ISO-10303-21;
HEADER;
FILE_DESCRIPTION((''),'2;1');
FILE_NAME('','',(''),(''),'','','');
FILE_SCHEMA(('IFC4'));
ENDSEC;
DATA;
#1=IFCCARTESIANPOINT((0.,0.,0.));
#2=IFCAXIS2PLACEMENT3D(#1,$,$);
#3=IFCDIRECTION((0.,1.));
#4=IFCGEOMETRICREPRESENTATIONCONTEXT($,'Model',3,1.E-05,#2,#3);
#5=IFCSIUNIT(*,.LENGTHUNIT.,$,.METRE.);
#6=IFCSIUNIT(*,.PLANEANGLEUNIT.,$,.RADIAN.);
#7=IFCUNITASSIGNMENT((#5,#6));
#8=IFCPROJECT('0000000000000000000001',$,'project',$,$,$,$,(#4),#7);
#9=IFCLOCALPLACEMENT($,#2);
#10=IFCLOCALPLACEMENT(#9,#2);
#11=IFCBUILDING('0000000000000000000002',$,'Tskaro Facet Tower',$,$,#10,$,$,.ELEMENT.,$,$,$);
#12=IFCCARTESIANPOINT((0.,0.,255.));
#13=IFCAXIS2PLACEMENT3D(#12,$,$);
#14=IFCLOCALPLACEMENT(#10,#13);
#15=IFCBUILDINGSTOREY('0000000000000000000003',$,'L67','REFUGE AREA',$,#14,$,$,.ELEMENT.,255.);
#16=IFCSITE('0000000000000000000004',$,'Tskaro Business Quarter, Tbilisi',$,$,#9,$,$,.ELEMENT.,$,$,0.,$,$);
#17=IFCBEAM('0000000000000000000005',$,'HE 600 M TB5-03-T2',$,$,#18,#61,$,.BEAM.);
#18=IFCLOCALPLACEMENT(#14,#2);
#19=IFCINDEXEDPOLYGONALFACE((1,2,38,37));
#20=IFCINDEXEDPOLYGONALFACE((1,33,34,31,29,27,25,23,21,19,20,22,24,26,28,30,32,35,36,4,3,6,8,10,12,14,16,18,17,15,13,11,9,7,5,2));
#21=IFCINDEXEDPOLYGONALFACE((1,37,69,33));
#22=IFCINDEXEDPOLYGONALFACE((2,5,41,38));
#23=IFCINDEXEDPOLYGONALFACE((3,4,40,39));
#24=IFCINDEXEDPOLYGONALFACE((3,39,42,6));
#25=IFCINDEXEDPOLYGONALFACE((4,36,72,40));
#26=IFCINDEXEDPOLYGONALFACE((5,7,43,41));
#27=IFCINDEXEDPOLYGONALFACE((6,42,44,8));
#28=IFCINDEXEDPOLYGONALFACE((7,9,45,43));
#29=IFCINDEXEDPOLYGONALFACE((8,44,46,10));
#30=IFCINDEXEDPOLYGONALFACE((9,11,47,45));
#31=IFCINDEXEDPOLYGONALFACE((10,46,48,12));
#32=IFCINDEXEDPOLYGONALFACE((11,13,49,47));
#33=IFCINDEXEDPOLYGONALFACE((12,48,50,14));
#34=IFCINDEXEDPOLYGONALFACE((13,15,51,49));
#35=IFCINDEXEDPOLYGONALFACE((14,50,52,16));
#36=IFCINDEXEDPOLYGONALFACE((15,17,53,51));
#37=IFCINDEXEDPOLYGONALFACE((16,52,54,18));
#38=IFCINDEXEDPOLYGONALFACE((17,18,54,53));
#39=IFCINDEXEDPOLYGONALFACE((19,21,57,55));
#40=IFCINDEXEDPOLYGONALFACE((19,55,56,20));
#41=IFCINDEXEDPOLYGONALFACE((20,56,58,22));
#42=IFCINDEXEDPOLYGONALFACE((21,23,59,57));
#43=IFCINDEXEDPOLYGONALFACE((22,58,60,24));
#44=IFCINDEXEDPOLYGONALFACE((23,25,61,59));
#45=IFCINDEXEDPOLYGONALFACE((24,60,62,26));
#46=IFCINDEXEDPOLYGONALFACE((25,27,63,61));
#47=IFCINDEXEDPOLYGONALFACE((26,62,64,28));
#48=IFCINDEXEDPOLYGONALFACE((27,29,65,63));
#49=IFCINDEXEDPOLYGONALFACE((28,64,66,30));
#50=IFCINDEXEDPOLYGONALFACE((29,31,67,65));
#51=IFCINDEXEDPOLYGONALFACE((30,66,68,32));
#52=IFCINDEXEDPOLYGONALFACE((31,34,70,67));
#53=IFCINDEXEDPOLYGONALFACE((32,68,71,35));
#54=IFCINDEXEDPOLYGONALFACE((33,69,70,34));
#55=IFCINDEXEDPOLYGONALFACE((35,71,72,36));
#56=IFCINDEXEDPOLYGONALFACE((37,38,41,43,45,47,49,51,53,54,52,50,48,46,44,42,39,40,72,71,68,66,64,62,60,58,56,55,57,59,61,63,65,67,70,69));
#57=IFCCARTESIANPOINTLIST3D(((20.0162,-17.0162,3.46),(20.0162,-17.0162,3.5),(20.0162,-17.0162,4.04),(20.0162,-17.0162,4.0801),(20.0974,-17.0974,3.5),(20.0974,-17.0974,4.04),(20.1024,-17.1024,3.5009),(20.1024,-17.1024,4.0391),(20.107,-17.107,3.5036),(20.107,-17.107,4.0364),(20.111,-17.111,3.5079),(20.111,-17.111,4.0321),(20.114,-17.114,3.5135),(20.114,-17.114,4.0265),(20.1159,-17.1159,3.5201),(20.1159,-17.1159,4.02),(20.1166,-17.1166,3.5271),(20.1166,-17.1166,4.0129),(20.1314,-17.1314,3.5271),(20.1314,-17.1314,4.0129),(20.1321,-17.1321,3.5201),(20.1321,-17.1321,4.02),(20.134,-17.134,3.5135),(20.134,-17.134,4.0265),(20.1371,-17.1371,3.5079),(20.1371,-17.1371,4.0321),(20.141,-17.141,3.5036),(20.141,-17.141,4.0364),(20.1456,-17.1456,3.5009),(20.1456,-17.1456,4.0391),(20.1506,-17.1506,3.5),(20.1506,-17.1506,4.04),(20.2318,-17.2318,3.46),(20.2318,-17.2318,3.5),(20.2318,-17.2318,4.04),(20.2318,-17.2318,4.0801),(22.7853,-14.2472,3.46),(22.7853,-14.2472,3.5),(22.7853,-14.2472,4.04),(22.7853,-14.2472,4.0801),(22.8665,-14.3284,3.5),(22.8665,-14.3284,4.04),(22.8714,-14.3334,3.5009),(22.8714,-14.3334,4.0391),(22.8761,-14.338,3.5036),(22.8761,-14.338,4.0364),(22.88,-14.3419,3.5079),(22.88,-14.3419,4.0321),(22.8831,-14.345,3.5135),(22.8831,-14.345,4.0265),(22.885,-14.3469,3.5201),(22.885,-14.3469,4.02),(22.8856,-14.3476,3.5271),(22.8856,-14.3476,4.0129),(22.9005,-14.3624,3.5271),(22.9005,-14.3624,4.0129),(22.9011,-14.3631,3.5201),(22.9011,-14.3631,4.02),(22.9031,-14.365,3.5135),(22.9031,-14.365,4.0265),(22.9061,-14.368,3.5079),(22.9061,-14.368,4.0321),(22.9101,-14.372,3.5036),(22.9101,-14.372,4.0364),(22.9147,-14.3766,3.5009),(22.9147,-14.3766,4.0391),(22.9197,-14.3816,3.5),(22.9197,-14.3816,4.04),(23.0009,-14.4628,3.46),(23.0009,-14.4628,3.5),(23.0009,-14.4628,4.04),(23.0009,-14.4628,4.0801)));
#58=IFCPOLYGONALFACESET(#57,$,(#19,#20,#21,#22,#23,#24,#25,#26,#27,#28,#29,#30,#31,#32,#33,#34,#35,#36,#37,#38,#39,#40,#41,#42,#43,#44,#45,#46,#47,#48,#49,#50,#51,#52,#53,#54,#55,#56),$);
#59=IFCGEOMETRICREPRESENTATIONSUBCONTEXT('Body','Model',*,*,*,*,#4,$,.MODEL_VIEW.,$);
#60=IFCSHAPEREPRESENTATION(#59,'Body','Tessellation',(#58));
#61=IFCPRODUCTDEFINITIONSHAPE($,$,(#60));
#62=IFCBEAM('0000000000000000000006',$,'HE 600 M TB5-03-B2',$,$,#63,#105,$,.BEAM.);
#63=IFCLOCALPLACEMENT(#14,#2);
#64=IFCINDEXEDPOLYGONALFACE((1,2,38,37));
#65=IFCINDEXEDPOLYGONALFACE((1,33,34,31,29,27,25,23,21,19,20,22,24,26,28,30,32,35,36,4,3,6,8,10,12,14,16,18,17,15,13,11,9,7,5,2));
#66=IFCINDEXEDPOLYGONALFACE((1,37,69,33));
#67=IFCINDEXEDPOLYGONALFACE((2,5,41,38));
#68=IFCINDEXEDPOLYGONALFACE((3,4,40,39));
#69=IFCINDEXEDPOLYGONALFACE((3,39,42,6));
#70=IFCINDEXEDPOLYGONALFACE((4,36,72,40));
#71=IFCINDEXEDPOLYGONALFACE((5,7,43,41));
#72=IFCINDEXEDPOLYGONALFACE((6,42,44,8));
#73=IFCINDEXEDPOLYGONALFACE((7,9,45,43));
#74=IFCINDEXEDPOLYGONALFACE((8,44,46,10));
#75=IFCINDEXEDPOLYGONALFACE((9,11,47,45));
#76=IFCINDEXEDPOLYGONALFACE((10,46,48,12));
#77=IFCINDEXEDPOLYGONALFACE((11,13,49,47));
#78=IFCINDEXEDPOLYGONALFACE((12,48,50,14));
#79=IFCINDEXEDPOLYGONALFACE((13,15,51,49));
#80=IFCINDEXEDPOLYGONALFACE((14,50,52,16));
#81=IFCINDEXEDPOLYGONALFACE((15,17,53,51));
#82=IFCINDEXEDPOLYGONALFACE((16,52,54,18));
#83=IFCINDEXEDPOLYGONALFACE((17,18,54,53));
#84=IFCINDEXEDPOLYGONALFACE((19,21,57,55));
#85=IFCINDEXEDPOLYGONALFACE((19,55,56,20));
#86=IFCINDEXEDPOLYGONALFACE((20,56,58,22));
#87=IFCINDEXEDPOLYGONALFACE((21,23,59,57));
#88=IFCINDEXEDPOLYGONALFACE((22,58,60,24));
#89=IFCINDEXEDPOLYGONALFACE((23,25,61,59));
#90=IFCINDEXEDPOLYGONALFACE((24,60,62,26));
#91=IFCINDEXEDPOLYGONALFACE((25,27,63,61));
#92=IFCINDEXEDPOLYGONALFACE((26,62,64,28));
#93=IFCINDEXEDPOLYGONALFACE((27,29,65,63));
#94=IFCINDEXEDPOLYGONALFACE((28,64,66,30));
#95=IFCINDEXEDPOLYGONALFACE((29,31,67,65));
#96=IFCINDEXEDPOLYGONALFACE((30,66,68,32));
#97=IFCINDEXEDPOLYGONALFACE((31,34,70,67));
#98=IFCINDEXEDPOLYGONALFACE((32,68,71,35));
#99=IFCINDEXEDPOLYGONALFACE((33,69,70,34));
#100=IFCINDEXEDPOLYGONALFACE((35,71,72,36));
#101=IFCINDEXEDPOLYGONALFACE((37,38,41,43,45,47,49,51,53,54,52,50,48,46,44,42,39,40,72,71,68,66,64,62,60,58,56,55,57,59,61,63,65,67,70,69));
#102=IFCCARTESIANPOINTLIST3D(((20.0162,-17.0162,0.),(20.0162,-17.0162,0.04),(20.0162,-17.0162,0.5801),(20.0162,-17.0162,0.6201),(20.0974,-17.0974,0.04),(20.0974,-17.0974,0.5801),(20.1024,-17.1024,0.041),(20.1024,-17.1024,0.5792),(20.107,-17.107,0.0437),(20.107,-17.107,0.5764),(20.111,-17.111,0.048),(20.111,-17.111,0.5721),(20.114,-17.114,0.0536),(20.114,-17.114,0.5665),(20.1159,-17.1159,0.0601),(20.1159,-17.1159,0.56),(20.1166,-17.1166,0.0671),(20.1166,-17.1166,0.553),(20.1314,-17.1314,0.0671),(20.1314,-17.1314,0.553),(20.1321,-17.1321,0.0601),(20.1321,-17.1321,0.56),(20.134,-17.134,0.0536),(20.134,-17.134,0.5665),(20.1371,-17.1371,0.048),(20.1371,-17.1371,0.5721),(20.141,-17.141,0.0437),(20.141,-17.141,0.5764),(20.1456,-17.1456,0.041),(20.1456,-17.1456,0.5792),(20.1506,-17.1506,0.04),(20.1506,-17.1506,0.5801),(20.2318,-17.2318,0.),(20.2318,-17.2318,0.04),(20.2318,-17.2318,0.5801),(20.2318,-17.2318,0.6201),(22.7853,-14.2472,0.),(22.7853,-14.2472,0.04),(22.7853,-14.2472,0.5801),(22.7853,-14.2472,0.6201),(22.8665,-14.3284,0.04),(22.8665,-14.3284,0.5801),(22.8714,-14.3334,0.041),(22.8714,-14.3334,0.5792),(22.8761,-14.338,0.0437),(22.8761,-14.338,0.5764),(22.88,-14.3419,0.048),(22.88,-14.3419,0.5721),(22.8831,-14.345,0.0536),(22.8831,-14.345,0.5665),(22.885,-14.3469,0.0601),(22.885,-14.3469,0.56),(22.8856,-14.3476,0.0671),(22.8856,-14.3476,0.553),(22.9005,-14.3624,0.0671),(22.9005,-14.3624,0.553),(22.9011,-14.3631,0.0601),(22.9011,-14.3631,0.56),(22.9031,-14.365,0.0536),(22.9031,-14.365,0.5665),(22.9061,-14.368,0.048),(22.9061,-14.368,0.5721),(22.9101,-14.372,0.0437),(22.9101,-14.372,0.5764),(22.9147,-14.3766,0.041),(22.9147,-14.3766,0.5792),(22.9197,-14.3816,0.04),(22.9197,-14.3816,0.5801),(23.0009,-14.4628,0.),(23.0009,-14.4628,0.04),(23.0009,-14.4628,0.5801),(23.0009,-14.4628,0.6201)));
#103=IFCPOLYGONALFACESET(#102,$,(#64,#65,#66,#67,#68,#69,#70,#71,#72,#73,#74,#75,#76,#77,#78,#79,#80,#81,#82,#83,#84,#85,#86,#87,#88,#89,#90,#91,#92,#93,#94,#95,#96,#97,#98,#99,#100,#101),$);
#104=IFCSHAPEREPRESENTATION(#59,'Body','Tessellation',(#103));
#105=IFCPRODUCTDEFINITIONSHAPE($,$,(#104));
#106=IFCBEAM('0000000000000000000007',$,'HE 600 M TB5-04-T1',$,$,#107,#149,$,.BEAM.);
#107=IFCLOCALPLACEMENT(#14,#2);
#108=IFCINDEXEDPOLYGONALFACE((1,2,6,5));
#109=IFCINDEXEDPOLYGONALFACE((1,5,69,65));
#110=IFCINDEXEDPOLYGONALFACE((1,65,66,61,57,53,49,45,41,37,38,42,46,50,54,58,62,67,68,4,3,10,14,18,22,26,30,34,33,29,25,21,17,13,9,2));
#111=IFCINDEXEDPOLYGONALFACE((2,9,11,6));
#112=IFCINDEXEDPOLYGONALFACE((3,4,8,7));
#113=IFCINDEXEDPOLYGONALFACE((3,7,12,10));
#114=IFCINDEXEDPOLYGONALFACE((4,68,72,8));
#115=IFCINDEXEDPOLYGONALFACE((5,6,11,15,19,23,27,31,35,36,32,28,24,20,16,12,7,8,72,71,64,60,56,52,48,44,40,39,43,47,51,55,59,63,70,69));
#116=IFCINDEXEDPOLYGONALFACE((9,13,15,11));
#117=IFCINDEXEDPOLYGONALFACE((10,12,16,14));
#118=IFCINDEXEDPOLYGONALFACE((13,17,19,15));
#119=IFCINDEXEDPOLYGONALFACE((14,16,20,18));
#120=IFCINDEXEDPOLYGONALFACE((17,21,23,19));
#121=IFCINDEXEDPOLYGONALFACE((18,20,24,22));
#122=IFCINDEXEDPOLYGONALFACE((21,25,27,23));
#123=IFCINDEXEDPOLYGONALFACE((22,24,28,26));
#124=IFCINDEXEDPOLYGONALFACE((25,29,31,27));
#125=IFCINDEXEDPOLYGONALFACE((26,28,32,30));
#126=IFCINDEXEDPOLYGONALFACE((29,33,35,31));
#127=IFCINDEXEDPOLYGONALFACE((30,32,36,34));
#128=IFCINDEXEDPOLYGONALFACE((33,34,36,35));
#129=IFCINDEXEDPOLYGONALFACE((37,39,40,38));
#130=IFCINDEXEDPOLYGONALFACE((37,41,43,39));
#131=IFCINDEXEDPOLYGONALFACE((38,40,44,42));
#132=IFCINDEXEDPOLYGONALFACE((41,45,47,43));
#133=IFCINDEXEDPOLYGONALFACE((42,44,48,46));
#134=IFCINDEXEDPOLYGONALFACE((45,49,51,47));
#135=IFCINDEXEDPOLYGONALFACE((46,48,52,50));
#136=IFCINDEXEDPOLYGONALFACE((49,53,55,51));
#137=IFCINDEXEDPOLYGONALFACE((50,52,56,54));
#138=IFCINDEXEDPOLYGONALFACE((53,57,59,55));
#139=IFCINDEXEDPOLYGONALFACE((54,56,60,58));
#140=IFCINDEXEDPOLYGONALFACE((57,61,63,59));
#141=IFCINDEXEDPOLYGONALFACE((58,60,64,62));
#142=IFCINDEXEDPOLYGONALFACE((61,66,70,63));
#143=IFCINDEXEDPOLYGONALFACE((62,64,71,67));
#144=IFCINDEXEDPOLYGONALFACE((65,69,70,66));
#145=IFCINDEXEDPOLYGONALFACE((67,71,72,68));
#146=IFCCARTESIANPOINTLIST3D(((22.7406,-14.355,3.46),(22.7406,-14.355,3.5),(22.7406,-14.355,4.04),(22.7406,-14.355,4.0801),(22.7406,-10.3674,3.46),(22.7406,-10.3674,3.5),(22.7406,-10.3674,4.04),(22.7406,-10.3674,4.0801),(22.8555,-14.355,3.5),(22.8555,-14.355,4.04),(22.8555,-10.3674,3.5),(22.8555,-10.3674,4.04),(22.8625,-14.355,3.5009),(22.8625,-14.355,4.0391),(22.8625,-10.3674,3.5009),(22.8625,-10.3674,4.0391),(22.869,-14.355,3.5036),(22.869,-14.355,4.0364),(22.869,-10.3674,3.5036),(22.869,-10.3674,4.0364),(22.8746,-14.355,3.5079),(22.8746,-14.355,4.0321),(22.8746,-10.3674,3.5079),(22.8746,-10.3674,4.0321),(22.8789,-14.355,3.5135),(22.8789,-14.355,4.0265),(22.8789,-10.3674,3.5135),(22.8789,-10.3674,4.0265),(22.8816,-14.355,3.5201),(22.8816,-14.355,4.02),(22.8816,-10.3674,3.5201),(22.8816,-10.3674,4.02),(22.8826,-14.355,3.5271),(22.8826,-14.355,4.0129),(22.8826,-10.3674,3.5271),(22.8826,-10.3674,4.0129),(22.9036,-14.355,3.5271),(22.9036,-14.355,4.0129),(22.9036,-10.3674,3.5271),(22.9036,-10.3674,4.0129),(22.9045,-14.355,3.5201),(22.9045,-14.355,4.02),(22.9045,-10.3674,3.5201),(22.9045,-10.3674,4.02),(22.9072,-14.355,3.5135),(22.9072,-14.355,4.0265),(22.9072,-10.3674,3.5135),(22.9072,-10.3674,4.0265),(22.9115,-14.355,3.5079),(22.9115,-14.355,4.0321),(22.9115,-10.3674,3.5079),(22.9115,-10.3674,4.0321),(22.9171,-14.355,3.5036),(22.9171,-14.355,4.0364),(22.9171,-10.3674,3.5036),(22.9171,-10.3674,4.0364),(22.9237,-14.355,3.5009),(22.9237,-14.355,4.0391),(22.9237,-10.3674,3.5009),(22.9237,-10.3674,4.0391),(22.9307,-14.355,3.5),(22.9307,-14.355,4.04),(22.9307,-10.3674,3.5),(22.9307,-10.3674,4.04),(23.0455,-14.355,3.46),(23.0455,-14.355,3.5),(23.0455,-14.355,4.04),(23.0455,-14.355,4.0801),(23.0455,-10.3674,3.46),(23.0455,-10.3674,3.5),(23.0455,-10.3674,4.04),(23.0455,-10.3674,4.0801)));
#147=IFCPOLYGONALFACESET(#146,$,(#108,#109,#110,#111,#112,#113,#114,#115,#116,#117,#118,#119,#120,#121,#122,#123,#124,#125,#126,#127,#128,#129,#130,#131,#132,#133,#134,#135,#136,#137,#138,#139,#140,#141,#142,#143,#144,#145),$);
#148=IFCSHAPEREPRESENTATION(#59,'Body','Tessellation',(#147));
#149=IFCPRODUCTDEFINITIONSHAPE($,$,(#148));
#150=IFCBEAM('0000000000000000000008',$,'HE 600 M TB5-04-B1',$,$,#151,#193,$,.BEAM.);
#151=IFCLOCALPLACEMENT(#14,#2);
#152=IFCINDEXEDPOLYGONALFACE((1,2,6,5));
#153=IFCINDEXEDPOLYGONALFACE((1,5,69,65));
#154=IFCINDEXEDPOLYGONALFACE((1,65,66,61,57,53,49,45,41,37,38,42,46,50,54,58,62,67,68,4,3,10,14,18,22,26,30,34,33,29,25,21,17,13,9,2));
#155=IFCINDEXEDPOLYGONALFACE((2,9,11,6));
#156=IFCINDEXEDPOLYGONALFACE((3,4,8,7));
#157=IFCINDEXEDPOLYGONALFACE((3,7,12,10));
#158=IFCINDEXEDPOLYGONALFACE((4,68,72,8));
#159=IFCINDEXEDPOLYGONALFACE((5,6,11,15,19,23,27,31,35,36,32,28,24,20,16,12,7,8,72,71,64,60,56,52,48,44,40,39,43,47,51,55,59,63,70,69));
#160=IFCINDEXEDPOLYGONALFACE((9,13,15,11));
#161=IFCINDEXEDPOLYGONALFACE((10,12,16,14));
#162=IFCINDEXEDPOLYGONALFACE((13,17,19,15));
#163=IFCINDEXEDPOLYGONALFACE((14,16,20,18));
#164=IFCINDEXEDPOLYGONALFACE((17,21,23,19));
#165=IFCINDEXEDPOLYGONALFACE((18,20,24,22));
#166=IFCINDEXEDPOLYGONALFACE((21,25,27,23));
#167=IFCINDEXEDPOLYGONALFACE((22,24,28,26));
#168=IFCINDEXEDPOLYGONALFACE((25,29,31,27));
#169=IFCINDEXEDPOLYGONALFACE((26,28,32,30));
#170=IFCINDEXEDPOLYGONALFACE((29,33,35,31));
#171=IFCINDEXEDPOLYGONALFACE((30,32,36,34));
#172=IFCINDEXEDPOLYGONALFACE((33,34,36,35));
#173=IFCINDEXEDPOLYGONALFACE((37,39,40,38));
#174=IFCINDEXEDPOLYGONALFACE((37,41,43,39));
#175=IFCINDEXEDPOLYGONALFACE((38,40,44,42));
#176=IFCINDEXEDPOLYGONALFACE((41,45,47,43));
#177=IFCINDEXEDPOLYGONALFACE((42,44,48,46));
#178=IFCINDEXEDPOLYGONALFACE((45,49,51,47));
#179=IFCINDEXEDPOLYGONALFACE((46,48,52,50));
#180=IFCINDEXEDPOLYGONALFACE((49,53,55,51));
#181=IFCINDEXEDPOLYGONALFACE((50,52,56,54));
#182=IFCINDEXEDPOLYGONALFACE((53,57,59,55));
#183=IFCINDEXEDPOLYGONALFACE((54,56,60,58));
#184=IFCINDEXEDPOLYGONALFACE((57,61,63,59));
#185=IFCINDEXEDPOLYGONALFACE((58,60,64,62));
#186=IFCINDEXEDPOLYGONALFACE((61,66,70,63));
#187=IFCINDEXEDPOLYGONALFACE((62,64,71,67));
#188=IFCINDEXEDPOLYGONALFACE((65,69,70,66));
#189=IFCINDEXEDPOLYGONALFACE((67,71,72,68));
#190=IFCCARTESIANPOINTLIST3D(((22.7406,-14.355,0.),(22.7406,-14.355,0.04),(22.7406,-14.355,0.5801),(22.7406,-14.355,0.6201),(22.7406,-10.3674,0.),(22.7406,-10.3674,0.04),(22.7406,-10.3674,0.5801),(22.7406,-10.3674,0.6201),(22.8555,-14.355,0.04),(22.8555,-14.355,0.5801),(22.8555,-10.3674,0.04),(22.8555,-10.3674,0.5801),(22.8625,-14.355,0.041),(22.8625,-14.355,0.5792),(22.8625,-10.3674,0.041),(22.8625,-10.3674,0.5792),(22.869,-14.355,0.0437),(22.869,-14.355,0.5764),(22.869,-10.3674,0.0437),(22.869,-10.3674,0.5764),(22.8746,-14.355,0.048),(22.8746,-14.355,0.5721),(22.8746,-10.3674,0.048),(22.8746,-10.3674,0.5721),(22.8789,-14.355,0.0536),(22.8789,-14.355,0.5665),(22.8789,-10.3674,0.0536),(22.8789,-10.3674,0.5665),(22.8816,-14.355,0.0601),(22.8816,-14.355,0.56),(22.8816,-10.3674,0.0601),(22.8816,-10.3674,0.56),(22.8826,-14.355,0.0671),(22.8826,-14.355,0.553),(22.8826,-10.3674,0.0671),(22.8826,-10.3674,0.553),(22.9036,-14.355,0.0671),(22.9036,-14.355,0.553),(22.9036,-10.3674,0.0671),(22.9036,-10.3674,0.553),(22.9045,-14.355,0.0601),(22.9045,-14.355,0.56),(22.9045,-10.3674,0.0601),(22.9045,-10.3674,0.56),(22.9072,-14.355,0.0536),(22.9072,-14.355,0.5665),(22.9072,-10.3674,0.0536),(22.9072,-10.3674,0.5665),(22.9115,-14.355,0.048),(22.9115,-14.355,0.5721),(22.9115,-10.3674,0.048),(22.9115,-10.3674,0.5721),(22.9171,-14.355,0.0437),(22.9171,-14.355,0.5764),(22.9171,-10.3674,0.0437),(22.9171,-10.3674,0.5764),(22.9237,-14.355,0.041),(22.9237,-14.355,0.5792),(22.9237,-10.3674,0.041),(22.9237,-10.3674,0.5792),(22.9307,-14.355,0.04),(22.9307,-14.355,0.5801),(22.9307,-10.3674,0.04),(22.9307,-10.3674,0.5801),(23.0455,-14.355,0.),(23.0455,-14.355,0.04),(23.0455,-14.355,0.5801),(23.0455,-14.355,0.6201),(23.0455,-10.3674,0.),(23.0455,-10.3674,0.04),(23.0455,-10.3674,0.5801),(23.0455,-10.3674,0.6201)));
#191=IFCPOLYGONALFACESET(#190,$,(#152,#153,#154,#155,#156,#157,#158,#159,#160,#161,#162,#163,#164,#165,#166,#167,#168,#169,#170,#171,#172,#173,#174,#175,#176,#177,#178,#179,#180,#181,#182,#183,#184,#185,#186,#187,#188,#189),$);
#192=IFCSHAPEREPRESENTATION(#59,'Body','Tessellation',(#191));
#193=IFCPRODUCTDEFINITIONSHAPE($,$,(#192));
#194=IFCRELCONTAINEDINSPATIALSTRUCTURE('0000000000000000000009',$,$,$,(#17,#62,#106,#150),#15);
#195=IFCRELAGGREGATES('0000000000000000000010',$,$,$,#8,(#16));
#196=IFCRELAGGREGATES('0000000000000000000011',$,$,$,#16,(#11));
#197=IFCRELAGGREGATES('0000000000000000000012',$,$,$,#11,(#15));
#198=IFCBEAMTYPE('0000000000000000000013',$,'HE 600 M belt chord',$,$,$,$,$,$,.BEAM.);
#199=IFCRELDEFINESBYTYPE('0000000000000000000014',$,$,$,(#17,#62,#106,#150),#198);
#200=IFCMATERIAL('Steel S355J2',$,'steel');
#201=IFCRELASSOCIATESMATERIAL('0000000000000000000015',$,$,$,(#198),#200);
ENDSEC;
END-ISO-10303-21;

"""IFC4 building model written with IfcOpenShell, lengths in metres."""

from ifc_helpers import new_model, si_unit, direction, frame, origin, origin_2d, place, context, subcontext, project, spatial, i_section, extrude, material, material_profile, profile_set, type_object, element, save


model = new_model("IFC4")

# Units and contexts
model_context = context("Model", 3, precision=1e-05, world=origin(), true_north=direction((0.0, 1.0)))
body_context = subcontext(model_context, "Body", "Model", "MODEL_VIEW")
ifc_project = project(units=[si_unit("LENGTHUNIT", "METRE"), si_unit("PLANEANGLEUNIT", "RADIAN")], contexts=[model_context])

# Site, building, storey
site_placement = place(None, origin())
site = spatial("IfcSite", under=ifc_project, at=site_placement, Name="Tskaro Business Quarter, Tbilisi", CompositionType="ELEMENT", RefElevation=0.0)
building_placement = place(site_placement, origin())
building = spatial("IfcBuilding", under=site, at=building_placement, Name="Tskaro Facet Tower", CompositionType="ELEMENT")
storey_placement = place(building_placement, frame((0.0, 0.0, 255.0)))
storey = spatial("IfcBuildingStorey", under=building, at=storey_placement, Name="L67", Description="REFUGE AREA", CompositionType="ELEMENT", Elevation=255.0)

# Shared definitions
ifc_material_1 = material(Name="Steel S355J2", Category="steel")

# Beams
ifc_material_profile_1 = material_profile(ifc_material_1, i_section(OverallWidth=0.3049, OverallDepth=0.6201, WebThickness=0.021, FlangeThickness=0.04, FilletRadius=0.0271, at=origin_2d()), Name="HE 600 M")
ifc_profile_set_1 = profile_set([ifc_material_profile_1], Name="Steel S355J2")
beam_type_1 = type_object("IfcBeamType", Name="HE 600 M belt chord", PredefinedType="BEAM", material=ifc_profile_set_1)
for number, where, z_axis, x_axis, name in (
    (1, (20.124, -17.124, 3.77), (0.707107, 0.707107, 0.0), (-0.707107, 0.707107, 0.0), "HE 600 M TB5-03-T2"),
    (2, (20.124, -17.124, 0.3101), (0.707107, 0.707107, 0.0), (-0.707107, 0.707107, 0.0), "HE 600 M TB5-03-B2"),
):
    element("IfcBeam", number, at=place(storey_placement, frame(where, z_axis=z_axis, x_axis=x_axis)), inside=storey, type_object=beam_type_1, Name=name, PredefinedType="BEAM", context=body_context, shape_type="SweptSolid", body=[
        extrude(i_section(OverallWidth=0.3049, OverallDepth=0.6201, WebThickness=0.021, FlangeThickness=0.04, FilletRadius=0.0271, at=origin_2d()), origin(), (0.0, 0.0, 1.0), 3.916),
    ])
for number, where, z_axis, x_axis, name in (
    (3, (22.8931, -14.355, 3.77), (0.0, 1.0, 0.0), (-1.0, 0.0, 0.0), "HE 600 M TB5-04-T1"),
    (4, (22.8931, -14.355, 0.3101), (0.0, 1.0, 0.0), (-1.0, 0.0, 0.0), "HE 600 M TB5-04-B1"),
):
    element("IfcBeam", number, at=place(storey_placement, frame(where, z_axis=z_axis, x_axis=x_axis)), inside=storey, type_object=beam_type_1, Name=name, PredefinedType="BEAM", context=body_context, shape_type="SweptSolid", body=[
        extrude(i_section(OverallWidth=0.3049, OverallDepth=0.6201, WebThickness=0.021, FlangeThickness=0.04, FilletRadius=0.0271, at=origin_2d()), origin(), (0.0, 0.0, 1.0), 3.9875),
    ])

save(model, "model.ifc")
